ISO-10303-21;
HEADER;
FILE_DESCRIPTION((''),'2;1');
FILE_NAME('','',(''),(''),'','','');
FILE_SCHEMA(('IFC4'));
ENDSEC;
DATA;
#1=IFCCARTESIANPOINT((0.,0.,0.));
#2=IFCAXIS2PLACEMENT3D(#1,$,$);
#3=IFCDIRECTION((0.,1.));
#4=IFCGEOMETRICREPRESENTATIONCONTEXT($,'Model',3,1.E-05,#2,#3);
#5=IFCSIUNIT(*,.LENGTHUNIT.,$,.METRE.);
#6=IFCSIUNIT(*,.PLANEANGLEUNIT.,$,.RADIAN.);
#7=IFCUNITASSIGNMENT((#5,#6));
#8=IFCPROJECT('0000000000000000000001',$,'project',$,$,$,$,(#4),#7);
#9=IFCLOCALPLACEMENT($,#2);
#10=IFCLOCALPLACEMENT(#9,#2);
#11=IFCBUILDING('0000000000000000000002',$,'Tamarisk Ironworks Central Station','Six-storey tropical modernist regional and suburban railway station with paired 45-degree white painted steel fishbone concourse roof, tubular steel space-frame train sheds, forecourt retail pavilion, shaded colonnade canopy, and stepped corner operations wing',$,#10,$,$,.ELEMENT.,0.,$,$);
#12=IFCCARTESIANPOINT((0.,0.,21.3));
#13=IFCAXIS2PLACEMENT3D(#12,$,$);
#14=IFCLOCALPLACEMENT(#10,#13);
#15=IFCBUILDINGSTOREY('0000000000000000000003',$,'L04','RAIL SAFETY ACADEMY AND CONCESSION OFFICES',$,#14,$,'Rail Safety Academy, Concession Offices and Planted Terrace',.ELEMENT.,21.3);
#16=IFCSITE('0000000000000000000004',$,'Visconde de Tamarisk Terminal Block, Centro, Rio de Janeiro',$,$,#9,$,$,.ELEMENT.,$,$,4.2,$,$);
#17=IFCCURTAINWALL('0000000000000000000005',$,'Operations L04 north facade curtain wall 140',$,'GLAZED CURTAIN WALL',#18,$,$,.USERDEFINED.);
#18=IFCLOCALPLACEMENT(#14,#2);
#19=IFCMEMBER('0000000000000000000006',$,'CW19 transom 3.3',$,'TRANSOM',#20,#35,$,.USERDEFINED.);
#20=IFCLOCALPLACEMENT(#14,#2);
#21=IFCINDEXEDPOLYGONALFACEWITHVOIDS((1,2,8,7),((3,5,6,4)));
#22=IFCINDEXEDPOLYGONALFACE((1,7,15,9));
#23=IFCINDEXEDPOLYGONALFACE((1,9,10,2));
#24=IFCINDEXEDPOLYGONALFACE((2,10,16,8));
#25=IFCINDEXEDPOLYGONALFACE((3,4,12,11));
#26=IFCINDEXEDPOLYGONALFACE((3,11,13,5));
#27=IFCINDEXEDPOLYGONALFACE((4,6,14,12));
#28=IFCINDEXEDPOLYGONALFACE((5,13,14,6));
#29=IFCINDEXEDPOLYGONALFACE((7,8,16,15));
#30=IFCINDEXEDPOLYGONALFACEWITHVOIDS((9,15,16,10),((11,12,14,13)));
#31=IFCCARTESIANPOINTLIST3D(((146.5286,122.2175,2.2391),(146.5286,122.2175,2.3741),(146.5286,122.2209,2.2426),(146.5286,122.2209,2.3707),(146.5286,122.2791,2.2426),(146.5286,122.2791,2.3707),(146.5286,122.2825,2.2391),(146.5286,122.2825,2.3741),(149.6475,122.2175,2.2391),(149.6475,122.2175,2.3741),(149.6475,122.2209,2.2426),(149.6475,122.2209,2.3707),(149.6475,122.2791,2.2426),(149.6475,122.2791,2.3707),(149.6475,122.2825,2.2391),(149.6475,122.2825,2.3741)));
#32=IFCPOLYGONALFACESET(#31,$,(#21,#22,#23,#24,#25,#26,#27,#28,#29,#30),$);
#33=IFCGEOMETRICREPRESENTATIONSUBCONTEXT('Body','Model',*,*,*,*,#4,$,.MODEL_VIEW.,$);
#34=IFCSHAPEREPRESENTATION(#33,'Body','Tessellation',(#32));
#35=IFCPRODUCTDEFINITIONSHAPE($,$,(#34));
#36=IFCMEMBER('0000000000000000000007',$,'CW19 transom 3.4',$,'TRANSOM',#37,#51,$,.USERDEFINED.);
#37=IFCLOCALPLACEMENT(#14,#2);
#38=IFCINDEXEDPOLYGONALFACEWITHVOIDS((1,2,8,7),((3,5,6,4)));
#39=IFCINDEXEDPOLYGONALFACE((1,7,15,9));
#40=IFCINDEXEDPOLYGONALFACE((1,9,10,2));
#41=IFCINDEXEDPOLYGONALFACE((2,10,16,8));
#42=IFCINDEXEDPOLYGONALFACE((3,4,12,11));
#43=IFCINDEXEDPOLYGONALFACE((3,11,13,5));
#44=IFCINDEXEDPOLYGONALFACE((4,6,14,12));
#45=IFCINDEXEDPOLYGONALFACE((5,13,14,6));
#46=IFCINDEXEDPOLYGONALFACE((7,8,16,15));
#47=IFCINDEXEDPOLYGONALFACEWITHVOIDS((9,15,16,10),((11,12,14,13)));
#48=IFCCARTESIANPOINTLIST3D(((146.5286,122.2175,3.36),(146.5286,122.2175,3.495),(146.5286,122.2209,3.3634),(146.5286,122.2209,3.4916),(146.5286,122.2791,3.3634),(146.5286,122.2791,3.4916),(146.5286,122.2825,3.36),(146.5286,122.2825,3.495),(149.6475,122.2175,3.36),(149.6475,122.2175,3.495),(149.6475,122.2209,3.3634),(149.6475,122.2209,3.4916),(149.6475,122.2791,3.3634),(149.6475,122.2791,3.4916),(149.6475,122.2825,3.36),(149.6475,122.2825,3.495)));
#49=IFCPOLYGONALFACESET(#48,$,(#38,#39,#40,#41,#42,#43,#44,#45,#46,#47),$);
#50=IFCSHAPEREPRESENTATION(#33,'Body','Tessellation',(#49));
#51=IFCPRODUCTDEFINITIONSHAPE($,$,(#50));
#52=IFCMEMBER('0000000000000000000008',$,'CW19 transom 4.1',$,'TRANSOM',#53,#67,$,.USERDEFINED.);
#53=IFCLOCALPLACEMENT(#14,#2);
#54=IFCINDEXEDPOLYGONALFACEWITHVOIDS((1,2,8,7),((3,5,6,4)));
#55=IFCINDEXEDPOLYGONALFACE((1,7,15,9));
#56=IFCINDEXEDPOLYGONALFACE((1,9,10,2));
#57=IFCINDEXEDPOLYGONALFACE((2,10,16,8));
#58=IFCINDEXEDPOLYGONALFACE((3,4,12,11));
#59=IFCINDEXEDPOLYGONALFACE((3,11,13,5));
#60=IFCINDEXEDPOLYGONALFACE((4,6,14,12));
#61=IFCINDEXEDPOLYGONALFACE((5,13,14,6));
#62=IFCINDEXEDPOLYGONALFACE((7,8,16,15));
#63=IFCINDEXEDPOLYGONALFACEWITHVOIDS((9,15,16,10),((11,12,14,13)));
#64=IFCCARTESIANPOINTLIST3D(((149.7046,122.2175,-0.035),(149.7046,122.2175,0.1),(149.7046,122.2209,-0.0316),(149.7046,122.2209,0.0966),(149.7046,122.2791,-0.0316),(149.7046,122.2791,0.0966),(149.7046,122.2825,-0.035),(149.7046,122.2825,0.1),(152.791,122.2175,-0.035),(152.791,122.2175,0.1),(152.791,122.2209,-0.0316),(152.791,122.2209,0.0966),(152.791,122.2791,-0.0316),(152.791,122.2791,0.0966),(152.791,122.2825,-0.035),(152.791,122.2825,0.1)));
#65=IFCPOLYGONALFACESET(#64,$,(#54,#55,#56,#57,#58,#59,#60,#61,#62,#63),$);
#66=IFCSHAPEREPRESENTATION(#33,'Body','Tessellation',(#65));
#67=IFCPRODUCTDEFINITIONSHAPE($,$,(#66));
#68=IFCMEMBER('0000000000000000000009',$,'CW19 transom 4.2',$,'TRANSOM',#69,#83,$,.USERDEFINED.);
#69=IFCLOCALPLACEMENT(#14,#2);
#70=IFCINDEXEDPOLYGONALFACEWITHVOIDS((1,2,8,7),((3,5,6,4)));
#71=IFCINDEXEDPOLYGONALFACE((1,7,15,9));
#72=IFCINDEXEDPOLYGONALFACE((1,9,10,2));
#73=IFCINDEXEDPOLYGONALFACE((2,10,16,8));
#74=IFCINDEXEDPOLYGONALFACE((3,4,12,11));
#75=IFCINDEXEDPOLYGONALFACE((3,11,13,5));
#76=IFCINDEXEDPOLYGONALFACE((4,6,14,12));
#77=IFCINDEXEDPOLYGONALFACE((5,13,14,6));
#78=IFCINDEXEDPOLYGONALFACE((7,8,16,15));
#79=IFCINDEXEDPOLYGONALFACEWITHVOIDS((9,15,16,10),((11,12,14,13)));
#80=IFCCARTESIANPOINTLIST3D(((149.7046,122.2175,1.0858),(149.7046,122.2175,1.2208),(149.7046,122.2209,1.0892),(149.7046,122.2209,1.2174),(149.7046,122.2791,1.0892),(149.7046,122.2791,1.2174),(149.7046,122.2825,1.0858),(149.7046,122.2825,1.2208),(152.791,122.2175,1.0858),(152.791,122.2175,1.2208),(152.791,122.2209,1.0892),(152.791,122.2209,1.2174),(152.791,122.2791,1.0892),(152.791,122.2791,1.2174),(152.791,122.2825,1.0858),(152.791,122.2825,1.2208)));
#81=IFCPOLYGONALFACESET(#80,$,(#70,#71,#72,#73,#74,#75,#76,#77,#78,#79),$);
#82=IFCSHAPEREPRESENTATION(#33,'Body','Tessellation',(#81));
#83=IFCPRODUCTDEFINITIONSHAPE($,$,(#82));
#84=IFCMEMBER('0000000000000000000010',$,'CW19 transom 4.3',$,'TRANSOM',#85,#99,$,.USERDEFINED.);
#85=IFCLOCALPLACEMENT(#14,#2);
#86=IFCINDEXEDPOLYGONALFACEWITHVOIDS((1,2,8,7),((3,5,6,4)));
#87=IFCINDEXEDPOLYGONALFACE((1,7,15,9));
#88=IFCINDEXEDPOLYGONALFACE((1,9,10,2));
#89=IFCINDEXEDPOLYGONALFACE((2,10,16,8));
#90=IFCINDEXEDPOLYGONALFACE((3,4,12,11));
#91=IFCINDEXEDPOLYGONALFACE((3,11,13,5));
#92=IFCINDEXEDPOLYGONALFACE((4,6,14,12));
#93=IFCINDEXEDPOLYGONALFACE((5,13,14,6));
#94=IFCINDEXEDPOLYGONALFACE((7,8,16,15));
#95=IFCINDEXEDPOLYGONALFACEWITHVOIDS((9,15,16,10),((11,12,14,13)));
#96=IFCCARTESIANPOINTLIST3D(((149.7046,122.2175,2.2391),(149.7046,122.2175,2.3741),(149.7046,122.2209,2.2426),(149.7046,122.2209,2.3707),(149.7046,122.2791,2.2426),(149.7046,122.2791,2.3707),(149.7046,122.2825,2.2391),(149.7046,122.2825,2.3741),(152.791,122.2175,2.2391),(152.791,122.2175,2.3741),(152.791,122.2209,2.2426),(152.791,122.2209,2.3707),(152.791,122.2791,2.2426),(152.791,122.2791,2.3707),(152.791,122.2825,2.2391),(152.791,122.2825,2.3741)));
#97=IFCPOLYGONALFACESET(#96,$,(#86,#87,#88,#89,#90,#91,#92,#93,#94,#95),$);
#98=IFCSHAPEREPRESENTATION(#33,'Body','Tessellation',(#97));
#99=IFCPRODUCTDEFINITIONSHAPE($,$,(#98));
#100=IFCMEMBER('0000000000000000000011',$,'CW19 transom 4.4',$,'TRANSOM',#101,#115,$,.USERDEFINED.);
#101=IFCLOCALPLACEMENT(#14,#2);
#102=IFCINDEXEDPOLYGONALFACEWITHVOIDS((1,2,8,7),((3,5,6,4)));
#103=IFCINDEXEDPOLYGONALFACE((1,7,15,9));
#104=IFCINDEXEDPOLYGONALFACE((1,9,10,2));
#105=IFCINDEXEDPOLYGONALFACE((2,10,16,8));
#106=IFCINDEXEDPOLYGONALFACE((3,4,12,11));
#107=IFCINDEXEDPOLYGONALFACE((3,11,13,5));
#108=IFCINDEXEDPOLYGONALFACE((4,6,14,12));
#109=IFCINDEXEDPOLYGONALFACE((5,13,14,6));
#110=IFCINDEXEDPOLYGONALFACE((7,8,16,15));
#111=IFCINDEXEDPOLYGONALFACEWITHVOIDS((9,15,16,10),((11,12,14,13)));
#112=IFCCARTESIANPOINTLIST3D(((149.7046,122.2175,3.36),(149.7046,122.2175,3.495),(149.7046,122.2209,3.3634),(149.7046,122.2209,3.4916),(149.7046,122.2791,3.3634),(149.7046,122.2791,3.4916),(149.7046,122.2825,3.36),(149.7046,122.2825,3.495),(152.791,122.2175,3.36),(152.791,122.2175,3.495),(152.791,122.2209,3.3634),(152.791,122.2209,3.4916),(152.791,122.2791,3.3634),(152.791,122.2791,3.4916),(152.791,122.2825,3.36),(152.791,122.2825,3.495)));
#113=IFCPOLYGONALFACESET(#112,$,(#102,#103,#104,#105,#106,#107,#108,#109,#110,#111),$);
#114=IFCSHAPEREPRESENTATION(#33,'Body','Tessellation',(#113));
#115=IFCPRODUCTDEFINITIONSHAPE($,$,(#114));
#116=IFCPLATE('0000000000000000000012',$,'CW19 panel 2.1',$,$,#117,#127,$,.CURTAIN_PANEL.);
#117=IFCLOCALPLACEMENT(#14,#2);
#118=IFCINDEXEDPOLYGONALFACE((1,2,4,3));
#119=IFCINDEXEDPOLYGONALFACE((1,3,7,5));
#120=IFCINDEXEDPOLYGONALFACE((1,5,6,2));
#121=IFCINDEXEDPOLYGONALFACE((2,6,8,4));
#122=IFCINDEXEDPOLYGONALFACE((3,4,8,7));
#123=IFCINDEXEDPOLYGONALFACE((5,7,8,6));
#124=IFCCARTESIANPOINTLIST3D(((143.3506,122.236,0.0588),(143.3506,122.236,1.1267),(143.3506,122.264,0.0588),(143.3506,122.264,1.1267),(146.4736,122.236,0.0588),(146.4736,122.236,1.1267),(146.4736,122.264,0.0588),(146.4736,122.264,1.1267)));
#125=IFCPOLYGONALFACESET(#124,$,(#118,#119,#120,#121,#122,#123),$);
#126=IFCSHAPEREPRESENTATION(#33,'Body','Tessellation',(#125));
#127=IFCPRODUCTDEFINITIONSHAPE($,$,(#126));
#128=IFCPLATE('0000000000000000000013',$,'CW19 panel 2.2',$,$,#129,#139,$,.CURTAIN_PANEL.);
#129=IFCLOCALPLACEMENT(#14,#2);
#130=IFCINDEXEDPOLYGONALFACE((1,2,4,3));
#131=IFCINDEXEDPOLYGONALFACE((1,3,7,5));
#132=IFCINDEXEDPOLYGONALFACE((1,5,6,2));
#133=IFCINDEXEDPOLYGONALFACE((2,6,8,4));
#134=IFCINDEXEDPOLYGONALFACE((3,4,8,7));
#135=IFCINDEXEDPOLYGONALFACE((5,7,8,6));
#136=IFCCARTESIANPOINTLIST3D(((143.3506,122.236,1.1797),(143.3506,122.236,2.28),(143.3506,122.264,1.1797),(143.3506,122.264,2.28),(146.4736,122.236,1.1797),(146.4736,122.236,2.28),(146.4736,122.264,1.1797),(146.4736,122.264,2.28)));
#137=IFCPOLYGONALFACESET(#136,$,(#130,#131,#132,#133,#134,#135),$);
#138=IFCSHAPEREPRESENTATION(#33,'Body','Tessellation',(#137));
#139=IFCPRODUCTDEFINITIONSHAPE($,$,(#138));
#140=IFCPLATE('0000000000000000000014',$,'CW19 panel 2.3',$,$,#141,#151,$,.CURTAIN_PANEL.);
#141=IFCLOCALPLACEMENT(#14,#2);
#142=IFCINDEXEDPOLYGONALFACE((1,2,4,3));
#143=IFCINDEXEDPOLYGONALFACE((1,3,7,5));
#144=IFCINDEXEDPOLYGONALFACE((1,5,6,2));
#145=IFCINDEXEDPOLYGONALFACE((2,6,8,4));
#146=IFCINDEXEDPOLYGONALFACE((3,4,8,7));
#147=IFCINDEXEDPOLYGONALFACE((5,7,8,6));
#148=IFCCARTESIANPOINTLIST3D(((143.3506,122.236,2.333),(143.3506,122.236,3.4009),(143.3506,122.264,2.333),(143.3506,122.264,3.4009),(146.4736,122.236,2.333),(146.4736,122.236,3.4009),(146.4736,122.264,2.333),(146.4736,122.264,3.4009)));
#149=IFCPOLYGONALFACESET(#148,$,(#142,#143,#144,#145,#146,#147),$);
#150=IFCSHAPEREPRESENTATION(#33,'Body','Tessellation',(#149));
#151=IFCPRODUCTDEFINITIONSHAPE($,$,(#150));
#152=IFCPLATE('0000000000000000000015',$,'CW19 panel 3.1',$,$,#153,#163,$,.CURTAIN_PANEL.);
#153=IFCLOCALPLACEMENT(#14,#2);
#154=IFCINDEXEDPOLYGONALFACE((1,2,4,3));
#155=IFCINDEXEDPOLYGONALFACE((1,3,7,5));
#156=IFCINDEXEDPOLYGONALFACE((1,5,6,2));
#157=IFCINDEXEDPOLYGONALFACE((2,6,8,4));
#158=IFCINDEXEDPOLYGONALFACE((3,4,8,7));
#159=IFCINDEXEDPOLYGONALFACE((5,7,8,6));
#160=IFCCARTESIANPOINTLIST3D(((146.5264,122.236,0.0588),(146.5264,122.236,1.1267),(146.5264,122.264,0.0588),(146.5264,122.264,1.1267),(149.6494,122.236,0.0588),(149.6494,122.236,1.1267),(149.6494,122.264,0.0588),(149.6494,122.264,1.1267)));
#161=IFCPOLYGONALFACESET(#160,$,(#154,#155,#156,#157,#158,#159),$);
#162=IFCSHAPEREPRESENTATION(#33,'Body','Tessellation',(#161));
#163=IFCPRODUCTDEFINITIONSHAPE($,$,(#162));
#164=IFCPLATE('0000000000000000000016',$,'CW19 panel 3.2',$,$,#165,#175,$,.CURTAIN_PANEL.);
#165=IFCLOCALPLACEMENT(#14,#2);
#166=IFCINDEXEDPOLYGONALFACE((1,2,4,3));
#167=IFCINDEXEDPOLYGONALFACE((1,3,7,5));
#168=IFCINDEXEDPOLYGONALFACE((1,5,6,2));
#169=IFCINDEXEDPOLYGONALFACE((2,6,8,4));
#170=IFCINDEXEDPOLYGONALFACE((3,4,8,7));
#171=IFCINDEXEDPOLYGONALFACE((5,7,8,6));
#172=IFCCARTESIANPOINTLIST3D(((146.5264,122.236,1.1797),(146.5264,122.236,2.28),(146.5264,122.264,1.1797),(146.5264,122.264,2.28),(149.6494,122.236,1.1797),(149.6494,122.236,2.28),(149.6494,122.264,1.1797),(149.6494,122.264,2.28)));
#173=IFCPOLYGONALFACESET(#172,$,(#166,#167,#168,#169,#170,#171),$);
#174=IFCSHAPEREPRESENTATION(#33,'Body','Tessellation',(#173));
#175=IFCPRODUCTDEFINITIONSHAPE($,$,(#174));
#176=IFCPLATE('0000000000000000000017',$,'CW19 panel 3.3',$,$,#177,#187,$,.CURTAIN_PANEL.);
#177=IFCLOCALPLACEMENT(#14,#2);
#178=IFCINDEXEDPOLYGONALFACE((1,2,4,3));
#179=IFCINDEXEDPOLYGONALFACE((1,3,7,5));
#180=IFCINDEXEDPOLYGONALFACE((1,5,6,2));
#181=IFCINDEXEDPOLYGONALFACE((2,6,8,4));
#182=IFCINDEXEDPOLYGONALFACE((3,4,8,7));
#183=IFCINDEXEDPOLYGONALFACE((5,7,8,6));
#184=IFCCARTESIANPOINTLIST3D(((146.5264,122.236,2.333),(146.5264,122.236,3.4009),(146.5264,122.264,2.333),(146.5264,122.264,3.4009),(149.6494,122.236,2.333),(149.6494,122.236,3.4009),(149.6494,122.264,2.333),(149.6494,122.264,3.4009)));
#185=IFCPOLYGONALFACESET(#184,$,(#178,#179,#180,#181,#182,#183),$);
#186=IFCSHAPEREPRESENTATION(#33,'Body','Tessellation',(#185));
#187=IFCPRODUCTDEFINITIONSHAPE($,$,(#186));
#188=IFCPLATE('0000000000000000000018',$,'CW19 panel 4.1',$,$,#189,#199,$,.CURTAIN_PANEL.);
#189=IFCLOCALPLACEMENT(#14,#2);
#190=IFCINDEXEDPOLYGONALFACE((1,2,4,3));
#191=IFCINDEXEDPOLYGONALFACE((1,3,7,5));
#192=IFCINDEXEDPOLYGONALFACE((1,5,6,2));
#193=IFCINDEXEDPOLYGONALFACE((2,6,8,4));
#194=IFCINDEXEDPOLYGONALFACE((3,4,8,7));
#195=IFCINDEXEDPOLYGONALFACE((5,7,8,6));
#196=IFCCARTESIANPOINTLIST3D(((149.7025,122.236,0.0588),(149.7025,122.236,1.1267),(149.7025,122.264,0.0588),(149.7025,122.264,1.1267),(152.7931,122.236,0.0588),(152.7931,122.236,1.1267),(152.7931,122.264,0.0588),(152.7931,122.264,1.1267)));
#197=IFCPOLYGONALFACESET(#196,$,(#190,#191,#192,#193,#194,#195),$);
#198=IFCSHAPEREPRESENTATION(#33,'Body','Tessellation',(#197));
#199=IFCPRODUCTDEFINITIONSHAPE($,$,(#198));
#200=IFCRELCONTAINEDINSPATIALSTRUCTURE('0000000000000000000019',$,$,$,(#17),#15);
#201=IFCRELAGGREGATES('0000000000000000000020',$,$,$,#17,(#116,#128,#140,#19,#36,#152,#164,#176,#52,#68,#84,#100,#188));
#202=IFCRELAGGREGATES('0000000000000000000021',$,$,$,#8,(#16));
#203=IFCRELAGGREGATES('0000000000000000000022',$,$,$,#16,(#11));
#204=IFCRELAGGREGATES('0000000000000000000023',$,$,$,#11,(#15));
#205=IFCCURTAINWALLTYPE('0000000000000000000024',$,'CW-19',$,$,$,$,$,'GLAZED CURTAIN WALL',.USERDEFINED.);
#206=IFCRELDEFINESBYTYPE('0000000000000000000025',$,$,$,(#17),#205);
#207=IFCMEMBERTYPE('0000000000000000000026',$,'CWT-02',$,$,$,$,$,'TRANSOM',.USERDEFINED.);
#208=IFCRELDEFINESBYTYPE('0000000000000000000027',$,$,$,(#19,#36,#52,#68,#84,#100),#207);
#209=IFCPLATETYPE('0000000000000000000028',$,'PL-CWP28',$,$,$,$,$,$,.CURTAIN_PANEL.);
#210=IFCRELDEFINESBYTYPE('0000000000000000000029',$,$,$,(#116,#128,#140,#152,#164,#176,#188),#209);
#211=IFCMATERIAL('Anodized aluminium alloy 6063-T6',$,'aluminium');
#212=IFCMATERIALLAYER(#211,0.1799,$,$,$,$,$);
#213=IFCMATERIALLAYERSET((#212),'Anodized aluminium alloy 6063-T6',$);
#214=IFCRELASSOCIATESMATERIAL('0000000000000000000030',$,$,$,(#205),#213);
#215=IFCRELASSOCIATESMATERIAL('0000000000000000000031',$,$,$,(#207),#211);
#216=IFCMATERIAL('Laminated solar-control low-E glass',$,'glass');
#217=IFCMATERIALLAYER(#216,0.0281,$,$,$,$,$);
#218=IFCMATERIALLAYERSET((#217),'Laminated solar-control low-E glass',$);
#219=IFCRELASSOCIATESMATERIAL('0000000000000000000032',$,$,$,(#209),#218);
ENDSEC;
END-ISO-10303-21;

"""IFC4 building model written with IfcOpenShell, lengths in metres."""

from ifc_helpers import new_model, si_unit, direction, frame, origin, origin_2d, place, context, subcontext, project, spatial, rectangle, hollow_rectangle, extrude, material, layer, layer_set, material_profile, profile_set, type_object, element, aggregate, save


model = new_model("IFC4")

# Units and contexts
model_context = context("Model", 3, precision=1e-05, world=origin(), true_north=direction((0.0, 1.0)))
body_context = subcontext(model_context, "Body", "Model", "MODEL_VIEW")
ifc_project = project(units=[si_unit("LENGTHUNIT", "METRE"), si_unit("PLANEANGLEUNIT", "RADIAN")], contexts=[model_context])

# Site, building, storey
site_placement = place(None, origin())
site = spatial("IfcSite", under=ifc_project, at=site_placement, Name="Visconde de Tamarisk Terminal Block, Centro, Rio de Janeiro", CompositionType="ELEMENT", RefElevation=4.2)
building_placement = place(site_placement, origin())
building = spatial("IfcBuilding", under=site, at=building_placement, Name="Tamarisk Ironworks Central Station", Description="Six-storey tropical modernist regional and suburban railway station with paired 45-degree white painted steel fishbone concourse roof, tubular steel space-frame train sheds, forecourt retail pavilion, shaded colonnade canopy, and stepped corner operations wing", CompositionType="ELEMENT", ElevationOfRefHeight=0.0)
storey_placement = place(building_placement, frame((0.0, 0.0, 21.3)))
storey = spatial("IfcBuildingStorey", under=building, at=storey_placement, Name="L04", Description="RAIL SAFETY ACADEMY AND CONCESSION OFFICES", LongName="Rail Safety Academy, Concession Offices and Planted Terrace", CompositionType="ELEMENT", Elevation=21.3)

# Curtain wall, members, plates
ifc_material_1 = material(Name="Anodized aluminium alloy 6063-T6", Category="aluminium")
ifc_layer_1 = layer(ifc_material_1, 0.1799)
ifc_layer_set_1 = layer_set([ifc_layer_1], Name="Anodized aluminium alloy 6063-T6")
curtain_wall_type = type_object("IfcCurtainWallType", Name="CW-19", ElementType="GLAZED CURTAIN WALL", PredefinedType="USERDEFINED", material=ifc_layer_set_1)
curtain_wall_placement = place(storey_placement, origin())
curtain_wall = element("IfcCurtainWall", 1, at=curtain_wall_placement, inside=storey, type_object=curtain_wall_type, Name="Operations L04 north facade curtain wall 140", ObjectType="GLAZED CURTAIN WALL", PredefinedType="USERDEFINED")
ifc_material_profile_1 = material_profile(ifc_material_1, hollow_rectangle(XDim=0.0649, YDim=0.135, WallThickness=0.0034, at=origin_2d()), Name="ALUM 135x65")
ifc_profile_set_1 = profile_set([ifc_material_profile_1], Name="Anodized aluminium alloy 6063-T6")
member_type_1 = type_object("IfcMemberType", Name="CWT-02", ElementType="TRANSOM", PredefinedType="USERDEFINED", material=ifc_profile_set_1)
member_1_placement = place(storey_placement, frame((146.5286, 122.25, 2.3066), z_axis=(1.0, 0.0, 0.0), x_axis=(0.0, 1.0, 0.0)))
member_1 = element("IfcMember", 2, at=member_1_placement, type_object=member_type_1, Name="CW19 transom 3.3", ObjectType="TRANSOM", PredefinedType="USERDEFINED", context=body_context, shape_type="SweptSolid", body=[
    extrude(hollow_rectangle(XDim=0.0649, YDim=0.135, WallThickness=0.0034, at=origin_2d()), origin(), (0.0, 0.0, 1.0), 3.1189),
])
member_2_placement = place(storey_placement, frame((146.5286, 122.25, 3.4275), z_axis=(1.0, 0.0, 0.0), x_axis=(0.0, 1.0, 0.0)))
member_2 = element("IfcMember", 3, at=member_2_placement, type_object=member_type_1, Name="CW19 transom 3.4", ObjectType="TRANSOM", PredefinedType="USERDEFINED", context=body_context, shape_type="SweptSolid", body=[
    extrude(hollow_rectangle(XDim=0.0649, YDim=0.135, WallThickness=0.0034, at=origin_2d()), origin(), (0.0, 0.0, 1.0), 3.1189),
])
member_3_placement = place(storey_placement, frame((149.7046, 122.25, 0.0325), z_axis=(1.0, 0.0, 0.0), x_axis=(0.0, 1.0, 0.0)))
member_3 = element("IfcMember", 4, at=member_3_placement, type_object=member_type_1, Name="CW19 transom 4.1", ObjectType="TRANSOM", PredefinedType="USERDEFINED", context=body_context, shape_type="SweptSolid", body=[
    extrude(hollow_rectangle(XDim=0.0649, YDim=0.135, WallThickness=0.0034, at=origin_2d()), origin(), (0.0, 0.0, 1.0), 3.0864),
])
member_4_placement = place(storey_placement, frame((149.7046, 122.25, 1.1533), z_axis=(1.0, 0.0, 0.0), x_axis=(0.0, 1.0, 0.0)))
member_4 = element("IfcMember", 5, at=member_4_placement, type_object=member_type_1, Name="CW19 transom 4.2", ObjectType="TRANSOM", PredefinedType="USERDEFINED", context=body_context, shape_type="SweptSolid", body=[
    extrude(hollow_rectangle(XDim=0.0649, YDim=0.135, WallThickness=0.0034, at=origin_2d()), origin(), (0.0, 0.0, 1.0), 3.0864),
])
member_5_placement = place(storey_placement, frame((149.7046, 122.25, 2.3066), z_axis=(1.0, 0.0, 0.0), x_axis=(0.0, 1.0, 0.0)))
member_5 = element("IfcMember", 6, at=member_5_placement, type_object=member_type_1, Name="CW19 transom 4.3", ObjectType="TRANSOM", PredefinedType="USERDEFINED", context=body_context, shape_type="SweptSolid", body=[
    extrude(hollow_rectangle(XDim=0.0649, YDim=0.135, WallThickness=0.0034, at=origin_2d()), origin(), (0.0, 0.0, 1.0), 3.0864),
])
member_6_placement = place(storey_placement, frame((149.7046, 122.25, 3.4275), z_axis=(1.0, 0.0, 0.0), x_axis=(0.0, 1.0, 0.0)))
member_6 = element("IfcMember", 7, at=member_6_placement, type_object=member_type_1, Name="CW19 transom 4.4", ObjectType="TRANSOM", PredefinedType="USERDEFINED", context=body_context, shape_type="SweptSolid", body=[
    extrude(hollow_rectangle(XDim=0.0649, YDim=0.135, WallThickness=0.0034, at=origin_2d()), origin(), (0.0, 0.0, 1.0), 3.0864),
])
ifc_material_2 = material(Name="Laminated solar-control low-E glass", Category="glass")
ifc_layer_2 = layer(ifc_material_2, 0.0281)
ifc_layer_set_2 = layer_set([ifc_layer_2], Name="Laminated solar-control low-E glass")
plate_type = type_object("IfcPlateType", Name="PL-CWP28", PredefinedType="CURTAIN_PANEL", material=ifc_layer_set_2)
plate_1_placement = place(storey_placement, frame((144.9121, 122.25, 0.0588), z_axis=(0.0, 0.0, 1.0), x_axis=(1.0, 0.0, 0.0)))
plate_1 = element("IfcPlate", 8, at=plate_1_placement, type_object=plate_type, Name="CW19 panel 2.1", PredefinedType="CURTAIN_PANEL", context=body_context, shape_type="SweptSolid", body=[
    extrude(rectangle(XDim=3.123, YDim=0.0281, at=origin_2d()), origin(), (0.0, 0.0, 1.0), 1.0679),
])
plate_2_placement = place(storey_placement, frame((144.9121, 122.25, 1.1797), z_axis=(0.0, 0.0, 1.0), x_axis=(1.0, 0.0, 0.0)))
plate_2 = element("IfcPlate", 9, at=plate_2_placement, type_object=plate_type, Name="CW19 panel 2.2", PredefinedType="CURTAIN_PANEL", context=body_context, shape_type="SweptSolid", body=[
    extrude(rectangle(XDim=3.123, YDim=0.0281, at=origin_2d()), origin(), (0.0, 0.0, 1.0), 1.1003),
])
plate_3_placement = place(storey_placement, frame((144.9121, 122.25, 2.333), z_axis=(0.0, 0.0, 1.0), x_axis=(1.0, 0.0, 0.0)))
plate_3 = element("IfcPlate", 10, at=plate_3_placement, type_object=plate_type, Name="CW19 panel 2.3", PredefinedType="CURTAIN_PANEL", context=body_context, shape_type="SweptSolid", body=[
    extrude(rectangle(XDim=3.123, YDim=0.0281, at=origin_2d()), origin(), (0.0, 0.0, 1.0), 1.0679),
])
plate_4_placement = place(storey_placement, frame((148.0879, 122.25, 0.0588), z_axis=(0.0, 0.0, 1.0), x_axis=(1.0, 0.0, 0.0)))
plate_4 = element("IfcPlate", 11, at=plate_4_placement, type_object=plate_type, Name="CW19 panel 3.1", PredefinedType="CURTAIN_PANEL", context=body_context, shape_type="SweptSolid", body=[
    extrude(rectangle(XDim=3.123, YDim=0.0281, at=origin_2d()), origin(), (0.0, 0.0, 1.0), 1.0679),
])
plate_5_placement = place(storey_placement, frame((148.0879, 122.25, 1.1797), z_axis=(0.0, 0.0, 1.0), x_axis=(1.0, 0.0, 0.0)))
plate_5 = element("IfcPlate", 12, at=plate_5_placement, type_object=plate_type, Name="CW19 panel 3.2", PredefinedType="CURTAIN_PANEL", context=body_context, shape_type="SweptSolid", body=[
    extrude(rectangle(XDim=3.123, YDim=0.0281, at=origin_2d()), origin(), (0.0, 0.0, 1.0), 1.1003),
])
plate_6_placement = place(storey_placement, frame((148.0879, 122.25, 2.333), z_axis=(0.0, 0.0, 1.0), x_axis=(1.0, 0.0, 0.0)))
plate_6 = element("IfcPlate", 13, at=plate_6_placement, type_object=plate_type, Name="CW19 panel 3.3", PredefinedType="CURTAIN_PANEL", context=body_context, shape_type="SweptSolid", body=[
    extrude(rectangle(XDim=3.123, YDim=0.0281, at=origin_2d()), origin(), (0.0, 0.0, 1.0), 1.0679),
])
plate_7_placement = place(storey_placement, frame((151.2478, 122.25, 0.0588), z_axis=(0.0, 0.0, 1.0), x_axis=(1.0, 0.0, 0.0)))
plate_7 = element("IfcPlate", 14, at=plate_7_placement, type_object=plate_type, Name="CW19 panel 4.1", PredefinedType="CURTAIN_PANEL", context=body_context, shape_type="SweptSolid", body=[
    extrude(rectangle(XDim=3.0906, YDim=0.0281, at=origin_2d()), origin(), (0.0, 0.0, 1.0), 1.0679),
])
aggregate(curtain_wall, [plate_1, plate_2, plate_3, member_1, member_2, plate_4, plate_5, plate_6, member_3, member_4, member_5, member_6, plate_7])

save(model, "model.ifc")
